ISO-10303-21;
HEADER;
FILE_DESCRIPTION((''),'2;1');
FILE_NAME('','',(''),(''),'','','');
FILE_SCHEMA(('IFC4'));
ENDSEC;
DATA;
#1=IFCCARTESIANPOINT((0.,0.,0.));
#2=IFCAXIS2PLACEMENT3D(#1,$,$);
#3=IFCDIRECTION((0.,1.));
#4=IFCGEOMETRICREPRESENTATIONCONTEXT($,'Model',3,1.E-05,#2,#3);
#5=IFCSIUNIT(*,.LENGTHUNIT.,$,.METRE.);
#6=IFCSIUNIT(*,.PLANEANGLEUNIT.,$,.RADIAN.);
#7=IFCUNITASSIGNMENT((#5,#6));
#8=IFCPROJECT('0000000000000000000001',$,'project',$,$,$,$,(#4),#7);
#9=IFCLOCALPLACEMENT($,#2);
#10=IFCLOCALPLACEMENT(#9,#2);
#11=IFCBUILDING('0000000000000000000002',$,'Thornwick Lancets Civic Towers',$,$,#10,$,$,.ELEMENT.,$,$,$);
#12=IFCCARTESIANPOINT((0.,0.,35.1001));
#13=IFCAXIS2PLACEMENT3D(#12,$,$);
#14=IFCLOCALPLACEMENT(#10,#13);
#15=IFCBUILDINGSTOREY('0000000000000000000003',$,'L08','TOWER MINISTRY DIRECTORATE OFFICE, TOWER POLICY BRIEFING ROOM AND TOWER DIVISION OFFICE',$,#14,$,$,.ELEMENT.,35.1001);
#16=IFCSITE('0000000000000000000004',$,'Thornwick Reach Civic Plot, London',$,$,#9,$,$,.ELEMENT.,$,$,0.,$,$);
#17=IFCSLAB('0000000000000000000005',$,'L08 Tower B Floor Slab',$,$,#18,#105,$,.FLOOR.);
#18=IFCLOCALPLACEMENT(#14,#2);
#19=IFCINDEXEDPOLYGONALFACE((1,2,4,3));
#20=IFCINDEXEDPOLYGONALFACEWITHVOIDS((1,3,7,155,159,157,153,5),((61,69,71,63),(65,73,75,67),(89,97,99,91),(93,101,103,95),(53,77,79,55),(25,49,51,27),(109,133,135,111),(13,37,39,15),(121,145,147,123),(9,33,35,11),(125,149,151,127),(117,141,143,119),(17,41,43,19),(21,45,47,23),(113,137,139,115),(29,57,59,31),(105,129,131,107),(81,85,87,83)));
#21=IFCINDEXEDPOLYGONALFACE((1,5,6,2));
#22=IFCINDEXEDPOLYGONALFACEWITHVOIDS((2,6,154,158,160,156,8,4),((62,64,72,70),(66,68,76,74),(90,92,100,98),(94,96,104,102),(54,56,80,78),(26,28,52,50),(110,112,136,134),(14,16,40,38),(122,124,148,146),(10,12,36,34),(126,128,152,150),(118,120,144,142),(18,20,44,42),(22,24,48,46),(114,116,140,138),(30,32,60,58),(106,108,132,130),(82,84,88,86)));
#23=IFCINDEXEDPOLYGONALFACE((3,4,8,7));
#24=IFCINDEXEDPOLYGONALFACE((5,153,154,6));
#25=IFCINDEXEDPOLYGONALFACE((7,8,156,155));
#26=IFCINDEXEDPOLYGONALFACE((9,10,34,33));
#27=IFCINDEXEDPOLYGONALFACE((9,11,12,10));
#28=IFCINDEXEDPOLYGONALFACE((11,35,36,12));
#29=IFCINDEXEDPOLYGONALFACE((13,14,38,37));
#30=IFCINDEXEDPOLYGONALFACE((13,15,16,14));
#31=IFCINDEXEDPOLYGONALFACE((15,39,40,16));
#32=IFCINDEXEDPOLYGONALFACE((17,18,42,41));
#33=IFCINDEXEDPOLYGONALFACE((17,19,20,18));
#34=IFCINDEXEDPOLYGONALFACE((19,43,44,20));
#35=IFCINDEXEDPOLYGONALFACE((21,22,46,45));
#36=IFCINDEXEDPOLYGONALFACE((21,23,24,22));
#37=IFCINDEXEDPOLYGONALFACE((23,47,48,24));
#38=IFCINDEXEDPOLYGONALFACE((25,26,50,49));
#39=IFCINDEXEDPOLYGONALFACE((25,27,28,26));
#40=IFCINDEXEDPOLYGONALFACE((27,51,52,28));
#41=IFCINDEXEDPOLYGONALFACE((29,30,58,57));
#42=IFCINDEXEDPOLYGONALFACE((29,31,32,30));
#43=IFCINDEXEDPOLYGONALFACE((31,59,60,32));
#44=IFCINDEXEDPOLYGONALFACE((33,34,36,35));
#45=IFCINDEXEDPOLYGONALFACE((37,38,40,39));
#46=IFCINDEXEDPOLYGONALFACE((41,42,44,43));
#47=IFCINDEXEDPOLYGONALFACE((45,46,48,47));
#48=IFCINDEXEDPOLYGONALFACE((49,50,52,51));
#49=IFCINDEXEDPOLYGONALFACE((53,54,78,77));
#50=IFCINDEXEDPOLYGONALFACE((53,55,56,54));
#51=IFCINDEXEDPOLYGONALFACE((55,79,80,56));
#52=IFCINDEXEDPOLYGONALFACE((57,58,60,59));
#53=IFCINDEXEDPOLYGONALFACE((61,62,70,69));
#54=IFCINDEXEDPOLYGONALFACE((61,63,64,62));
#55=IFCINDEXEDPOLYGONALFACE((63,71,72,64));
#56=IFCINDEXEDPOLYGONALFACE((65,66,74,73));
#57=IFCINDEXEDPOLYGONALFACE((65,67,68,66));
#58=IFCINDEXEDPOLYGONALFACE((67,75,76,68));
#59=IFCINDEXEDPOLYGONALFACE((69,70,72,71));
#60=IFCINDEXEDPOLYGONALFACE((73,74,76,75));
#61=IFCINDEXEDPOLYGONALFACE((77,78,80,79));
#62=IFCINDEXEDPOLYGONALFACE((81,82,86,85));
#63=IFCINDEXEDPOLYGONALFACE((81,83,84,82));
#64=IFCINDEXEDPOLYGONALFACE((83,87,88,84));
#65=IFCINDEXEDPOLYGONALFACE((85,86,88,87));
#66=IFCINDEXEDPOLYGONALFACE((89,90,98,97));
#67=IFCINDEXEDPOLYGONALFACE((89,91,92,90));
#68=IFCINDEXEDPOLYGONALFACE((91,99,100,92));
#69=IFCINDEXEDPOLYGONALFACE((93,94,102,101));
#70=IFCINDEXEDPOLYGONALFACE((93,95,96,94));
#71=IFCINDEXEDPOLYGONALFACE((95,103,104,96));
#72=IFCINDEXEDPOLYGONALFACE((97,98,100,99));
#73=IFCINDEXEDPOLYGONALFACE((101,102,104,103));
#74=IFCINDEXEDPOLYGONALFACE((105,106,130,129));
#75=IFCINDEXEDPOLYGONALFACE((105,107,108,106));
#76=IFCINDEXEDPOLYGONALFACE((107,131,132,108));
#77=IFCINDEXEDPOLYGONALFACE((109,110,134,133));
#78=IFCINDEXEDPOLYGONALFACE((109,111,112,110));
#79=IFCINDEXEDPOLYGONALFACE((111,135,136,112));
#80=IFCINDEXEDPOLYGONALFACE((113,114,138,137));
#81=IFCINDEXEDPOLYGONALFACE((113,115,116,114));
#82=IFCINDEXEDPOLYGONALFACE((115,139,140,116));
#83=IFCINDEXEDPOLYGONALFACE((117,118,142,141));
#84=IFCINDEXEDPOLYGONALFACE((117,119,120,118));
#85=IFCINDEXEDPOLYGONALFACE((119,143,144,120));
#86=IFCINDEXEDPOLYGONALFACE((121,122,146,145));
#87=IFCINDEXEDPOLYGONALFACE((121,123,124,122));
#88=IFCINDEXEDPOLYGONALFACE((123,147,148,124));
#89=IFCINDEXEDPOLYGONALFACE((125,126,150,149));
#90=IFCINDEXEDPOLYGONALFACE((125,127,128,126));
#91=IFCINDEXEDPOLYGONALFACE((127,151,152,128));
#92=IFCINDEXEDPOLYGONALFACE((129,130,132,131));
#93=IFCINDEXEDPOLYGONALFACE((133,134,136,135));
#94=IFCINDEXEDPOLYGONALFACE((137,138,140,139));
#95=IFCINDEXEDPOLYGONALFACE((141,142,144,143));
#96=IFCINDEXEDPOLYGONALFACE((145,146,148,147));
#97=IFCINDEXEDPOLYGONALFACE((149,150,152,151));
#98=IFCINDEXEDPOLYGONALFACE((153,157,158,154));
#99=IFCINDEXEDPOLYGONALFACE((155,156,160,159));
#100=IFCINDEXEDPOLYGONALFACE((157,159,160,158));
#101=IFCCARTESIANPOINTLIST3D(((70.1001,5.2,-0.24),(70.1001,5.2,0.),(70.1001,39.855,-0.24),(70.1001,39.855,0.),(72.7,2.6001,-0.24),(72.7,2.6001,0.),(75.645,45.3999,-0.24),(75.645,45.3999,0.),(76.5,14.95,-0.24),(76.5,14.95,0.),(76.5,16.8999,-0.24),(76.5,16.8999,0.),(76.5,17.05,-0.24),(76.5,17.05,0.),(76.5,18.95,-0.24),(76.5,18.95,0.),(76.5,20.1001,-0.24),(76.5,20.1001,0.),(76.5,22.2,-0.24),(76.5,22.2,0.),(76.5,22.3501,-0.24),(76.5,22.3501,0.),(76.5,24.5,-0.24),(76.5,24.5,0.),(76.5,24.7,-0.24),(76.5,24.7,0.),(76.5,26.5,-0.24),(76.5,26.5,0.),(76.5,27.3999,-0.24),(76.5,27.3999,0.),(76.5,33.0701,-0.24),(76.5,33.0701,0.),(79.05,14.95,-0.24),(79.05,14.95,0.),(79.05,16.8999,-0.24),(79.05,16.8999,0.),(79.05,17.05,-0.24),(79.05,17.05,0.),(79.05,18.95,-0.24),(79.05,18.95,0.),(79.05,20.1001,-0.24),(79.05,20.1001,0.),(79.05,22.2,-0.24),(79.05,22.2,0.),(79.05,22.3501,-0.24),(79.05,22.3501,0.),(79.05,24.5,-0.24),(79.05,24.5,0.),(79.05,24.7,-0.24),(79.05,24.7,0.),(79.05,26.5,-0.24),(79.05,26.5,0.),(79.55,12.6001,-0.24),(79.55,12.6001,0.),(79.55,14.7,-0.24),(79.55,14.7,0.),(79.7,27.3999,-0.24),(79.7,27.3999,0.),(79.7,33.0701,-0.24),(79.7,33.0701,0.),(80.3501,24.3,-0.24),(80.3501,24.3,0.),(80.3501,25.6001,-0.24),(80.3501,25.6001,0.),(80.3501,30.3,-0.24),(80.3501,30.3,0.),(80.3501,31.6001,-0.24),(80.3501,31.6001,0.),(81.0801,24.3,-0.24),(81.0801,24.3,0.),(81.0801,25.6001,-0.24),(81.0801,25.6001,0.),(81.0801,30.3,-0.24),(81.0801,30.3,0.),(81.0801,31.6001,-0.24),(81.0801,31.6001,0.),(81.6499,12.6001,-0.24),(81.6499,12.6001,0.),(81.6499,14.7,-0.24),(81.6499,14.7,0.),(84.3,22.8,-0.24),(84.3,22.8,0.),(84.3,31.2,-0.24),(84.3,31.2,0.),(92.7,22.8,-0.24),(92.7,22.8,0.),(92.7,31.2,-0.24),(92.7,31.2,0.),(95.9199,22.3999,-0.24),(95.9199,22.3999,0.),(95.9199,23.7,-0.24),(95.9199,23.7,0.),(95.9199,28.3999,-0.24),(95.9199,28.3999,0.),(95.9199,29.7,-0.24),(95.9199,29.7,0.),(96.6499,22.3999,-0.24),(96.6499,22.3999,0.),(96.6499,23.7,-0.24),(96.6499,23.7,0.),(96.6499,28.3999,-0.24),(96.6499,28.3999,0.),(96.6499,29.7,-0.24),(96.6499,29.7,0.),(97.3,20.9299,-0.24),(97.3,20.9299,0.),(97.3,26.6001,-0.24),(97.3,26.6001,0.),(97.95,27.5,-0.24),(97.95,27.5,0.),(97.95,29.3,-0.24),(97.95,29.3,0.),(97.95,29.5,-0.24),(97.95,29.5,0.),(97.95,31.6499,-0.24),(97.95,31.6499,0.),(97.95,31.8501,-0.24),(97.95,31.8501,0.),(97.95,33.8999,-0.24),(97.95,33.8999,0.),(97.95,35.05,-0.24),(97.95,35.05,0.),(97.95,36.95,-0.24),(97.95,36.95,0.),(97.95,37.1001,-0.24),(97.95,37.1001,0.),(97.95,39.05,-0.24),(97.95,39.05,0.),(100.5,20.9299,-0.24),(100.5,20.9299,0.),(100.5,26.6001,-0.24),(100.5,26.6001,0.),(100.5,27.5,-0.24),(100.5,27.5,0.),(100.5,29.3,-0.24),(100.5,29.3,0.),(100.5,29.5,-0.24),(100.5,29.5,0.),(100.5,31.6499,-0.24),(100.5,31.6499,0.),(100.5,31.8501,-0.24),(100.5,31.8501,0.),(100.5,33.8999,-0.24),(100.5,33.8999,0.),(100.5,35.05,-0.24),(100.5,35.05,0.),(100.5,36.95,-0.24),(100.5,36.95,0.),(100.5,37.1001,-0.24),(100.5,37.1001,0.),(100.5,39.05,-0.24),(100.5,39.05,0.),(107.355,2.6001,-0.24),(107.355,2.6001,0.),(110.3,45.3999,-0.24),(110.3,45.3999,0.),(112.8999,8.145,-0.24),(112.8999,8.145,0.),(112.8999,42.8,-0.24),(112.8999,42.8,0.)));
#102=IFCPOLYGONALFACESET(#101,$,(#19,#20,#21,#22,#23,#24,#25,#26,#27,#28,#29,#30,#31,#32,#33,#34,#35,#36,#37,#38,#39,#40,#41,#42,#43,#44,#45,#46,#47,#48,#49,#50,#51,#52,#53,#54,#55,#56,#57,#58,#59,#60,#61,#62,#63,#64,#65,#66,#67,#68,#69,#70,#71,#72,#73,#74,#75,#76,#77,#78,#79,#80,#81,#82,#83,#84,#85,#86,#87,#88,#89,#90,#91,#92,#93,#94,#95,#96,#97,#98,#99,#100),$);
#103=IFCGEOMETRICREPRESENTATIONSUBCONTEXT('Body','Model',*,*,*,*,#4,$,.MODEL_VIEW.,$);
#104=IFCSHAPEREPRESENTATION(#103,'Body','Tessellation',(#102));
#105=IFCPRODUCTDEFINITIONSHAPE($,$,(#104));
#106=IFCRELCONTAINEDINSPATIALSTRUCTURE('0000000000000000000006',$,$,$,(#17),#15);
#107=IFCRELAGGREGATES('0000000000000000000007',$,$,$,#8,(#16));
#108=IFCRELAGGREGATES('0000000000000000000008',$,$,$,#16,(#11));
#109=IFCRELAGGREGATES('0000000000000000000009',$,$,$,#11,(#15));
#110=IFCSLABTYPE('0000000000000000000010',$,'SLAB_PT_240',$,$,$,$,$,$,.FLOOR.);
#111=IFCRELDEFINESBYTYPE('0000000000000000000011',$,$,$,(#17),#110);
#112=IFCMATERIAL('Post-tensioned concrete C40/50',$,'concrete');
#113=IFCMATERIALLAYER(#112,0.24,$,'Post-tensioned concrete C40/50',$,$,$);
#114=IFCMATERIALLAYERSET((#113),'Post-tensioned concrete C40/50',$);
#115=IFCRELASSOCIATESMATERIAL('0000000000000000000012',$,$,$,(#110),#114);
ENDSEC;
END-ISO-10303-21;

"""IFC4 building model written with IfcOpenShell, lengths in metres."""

from ifc_helpers import new_model, si_unit, direction, frame, origin, place, context, subcontext, project, spatial, polyline, outline, extrude, material, layer, layer_set, type_object, element, save


model = new_model("IFC4")

# Units and contexts
model_context = context("Model", 3, precision=1e-05, world=origin(), true_north=direction((0.0, 1.0)))
body_context = subcontext(model_context, "Body", "Model", "MODEL_VIEW")
ifc_project = project(units=[si_unit("LENGTHUNIT", "METRE"), si_unit("PLANEANGLEUNIT", "RADIAN")], contexts=[model_context])

# Site, building, storey
site_placement = place(None, origin())
site = spatial("IfcSite", under=ifc_project, at=site_placement, Name="Thornwick Reach Civic Plot, London", CompositionType="ELEMENT", RefElevation=0.0)
building_placement = place(site_placement, origin())
building = spatial("IfcBuilding", under=site, at=building_placement, Name="Thornwick Lancets Civic Towers", CompositionType="ELEMENT")
storey_placement = place(building_placement, frame((0.0, 0.0, 35.1001)))
storey = spatial("IfcBuildingStorey", under=building, at=storey_placement, Name="L08", Description="TOWER MINISTRY DIRECTORATE OFFICE, TOWER POLICY BRIEFING ROOM AND TOWER DIVISION OFFICE", CompositionType="ELEMENT", Elevation=35.1001)

# Shared definitions
ifc_material_1 = material(Name="Post-tensioned concrete C40/50", Category="concrete")

# Slab
ifc_layer_1 = layer(ifc_material_1, 0.24, Name="Post-tensioned concrete C40/50")
ifc_layer_set_1 = layer_set([ifc_layer_1], Name="Post-tensioned concrete C40/50")
slab_type_1 = type_object("IfcSlabType", Name="SLAB_PT_240", PredefinedType="FLOOR", material=ifc_layer_set_1)
slab_1_placement = place(storey_placement, frame((0.0, 0.0, -0.24)))
element("IfcSlab", 1, at=slab_1_placement, inside=storey, type_object=slab_type_1, Name="L08 Tower B Floor Slab", PredefinedType="FLOOR", context=body_context, shape_type="SweptSolid", body=[
    extrude(outline(polyline([(72.7, 2.6001), (107.355, 2.6001), (112.8999, 8.145), (112.8999, 42.8), (110.3, 45.3999), (75.645, 45.3999), (70.1001, 39.855), (70.1001, 5.2), (72.7, 2.6001)]), holes=[polyline([(84.3, 22.8), (92.7, 22.8), (92.7, 31.2), (84.3, 31.2), (84.3, 22.8)]), polyline([(100.5, 20.9299), (100.5, 26.6001), (97.3, 26.6001), (97.3, 20.9299), (100.5, 20.9299)]), polyline([(76.5, 33.0701), (76.5, 27.3999), (79.7, 27.3999), (79.7, 33.0701), (76.5, 33.0701)]), polyline([(97.95, 27.5), (100.5, 27.5), (100.5, 29.3), (97.95, 29.3), (97.95, 27.5)]), polyline([(97.95, 29.5), (100.5, 29.5), (100.5, 31.6499), (97.95, 31.6499), (97.95, 29.5)]), polyline([(97.95, 31.8501), (100.5, 31.8501), (100.5, 33.8999), (97.95, 33.8999), (97.95, 31.8501)]), polyline([(97.95, 35.05), (100.5, 35.05), (100.5, 36.95), (97.95, 36.95), (97.95, 35.05)]), polyline([(97.95, 37.1001), (100.5, 37.1001), (100.5, 39.05), (97.95, 39.05), (97.95, 37.1001)]), polyline([(76.5, 24.7), (79.05, 24.7), (79.05, 26.5), (76.5, 26.5), (76.5, 24.7)]), polyline([(76.5, 22.3501), (79.05, 22.3501), (79.05, 24.5), (76.5, 24.5), (76.5, 22.3501)]), polyline([(76.5, 20.1001), (79.05, 20.1001), (79.05, 22.2), (76.5, 22.2), (76.5, 20.1001)]), polyline([(76.5, 17.05), (79.05, 17.05), (79.05, 18.95), (76.5, 18.95), (76.5, 17.05)]), polyline([(76.5, 14.95), (79.05, 14.95), (79.05, 16.8999), (76.5, 16.8999), (76.5, 14.95)]), polyline([(79.55, 12.6001), (81.6499, 12.6001), (81.6499, 14.7), (79.55, 14.7), (79.55, 12.6001)]), polyline([(95.9199, 28.3999), (96.6499, 28.3999), (96.6499, 29.7), (95.9199, 29.7), (95.9199, 28.3999)]), polyline([(95.9199, 22.3999), (96.6499, 22.3999), (96.6499, 23.7), (95.9199, 23.7), (95.9199, 22.3999)]), polyline([(80.3501, 24.3), (81.0801, 24.3), (81.0801, 25.6001), (80.3501, 25.6001), (80.3501, 24.3)]), polyline([(80.3501, 30.3), (81.0801, 30.3), (81.0801, 31.6001), (80.3501, 31.6001), (80.3501, 30.3)])]), origin(), (0.0, 0.0, 1.0), 0.24),
])

save(model, "model.ifc")
